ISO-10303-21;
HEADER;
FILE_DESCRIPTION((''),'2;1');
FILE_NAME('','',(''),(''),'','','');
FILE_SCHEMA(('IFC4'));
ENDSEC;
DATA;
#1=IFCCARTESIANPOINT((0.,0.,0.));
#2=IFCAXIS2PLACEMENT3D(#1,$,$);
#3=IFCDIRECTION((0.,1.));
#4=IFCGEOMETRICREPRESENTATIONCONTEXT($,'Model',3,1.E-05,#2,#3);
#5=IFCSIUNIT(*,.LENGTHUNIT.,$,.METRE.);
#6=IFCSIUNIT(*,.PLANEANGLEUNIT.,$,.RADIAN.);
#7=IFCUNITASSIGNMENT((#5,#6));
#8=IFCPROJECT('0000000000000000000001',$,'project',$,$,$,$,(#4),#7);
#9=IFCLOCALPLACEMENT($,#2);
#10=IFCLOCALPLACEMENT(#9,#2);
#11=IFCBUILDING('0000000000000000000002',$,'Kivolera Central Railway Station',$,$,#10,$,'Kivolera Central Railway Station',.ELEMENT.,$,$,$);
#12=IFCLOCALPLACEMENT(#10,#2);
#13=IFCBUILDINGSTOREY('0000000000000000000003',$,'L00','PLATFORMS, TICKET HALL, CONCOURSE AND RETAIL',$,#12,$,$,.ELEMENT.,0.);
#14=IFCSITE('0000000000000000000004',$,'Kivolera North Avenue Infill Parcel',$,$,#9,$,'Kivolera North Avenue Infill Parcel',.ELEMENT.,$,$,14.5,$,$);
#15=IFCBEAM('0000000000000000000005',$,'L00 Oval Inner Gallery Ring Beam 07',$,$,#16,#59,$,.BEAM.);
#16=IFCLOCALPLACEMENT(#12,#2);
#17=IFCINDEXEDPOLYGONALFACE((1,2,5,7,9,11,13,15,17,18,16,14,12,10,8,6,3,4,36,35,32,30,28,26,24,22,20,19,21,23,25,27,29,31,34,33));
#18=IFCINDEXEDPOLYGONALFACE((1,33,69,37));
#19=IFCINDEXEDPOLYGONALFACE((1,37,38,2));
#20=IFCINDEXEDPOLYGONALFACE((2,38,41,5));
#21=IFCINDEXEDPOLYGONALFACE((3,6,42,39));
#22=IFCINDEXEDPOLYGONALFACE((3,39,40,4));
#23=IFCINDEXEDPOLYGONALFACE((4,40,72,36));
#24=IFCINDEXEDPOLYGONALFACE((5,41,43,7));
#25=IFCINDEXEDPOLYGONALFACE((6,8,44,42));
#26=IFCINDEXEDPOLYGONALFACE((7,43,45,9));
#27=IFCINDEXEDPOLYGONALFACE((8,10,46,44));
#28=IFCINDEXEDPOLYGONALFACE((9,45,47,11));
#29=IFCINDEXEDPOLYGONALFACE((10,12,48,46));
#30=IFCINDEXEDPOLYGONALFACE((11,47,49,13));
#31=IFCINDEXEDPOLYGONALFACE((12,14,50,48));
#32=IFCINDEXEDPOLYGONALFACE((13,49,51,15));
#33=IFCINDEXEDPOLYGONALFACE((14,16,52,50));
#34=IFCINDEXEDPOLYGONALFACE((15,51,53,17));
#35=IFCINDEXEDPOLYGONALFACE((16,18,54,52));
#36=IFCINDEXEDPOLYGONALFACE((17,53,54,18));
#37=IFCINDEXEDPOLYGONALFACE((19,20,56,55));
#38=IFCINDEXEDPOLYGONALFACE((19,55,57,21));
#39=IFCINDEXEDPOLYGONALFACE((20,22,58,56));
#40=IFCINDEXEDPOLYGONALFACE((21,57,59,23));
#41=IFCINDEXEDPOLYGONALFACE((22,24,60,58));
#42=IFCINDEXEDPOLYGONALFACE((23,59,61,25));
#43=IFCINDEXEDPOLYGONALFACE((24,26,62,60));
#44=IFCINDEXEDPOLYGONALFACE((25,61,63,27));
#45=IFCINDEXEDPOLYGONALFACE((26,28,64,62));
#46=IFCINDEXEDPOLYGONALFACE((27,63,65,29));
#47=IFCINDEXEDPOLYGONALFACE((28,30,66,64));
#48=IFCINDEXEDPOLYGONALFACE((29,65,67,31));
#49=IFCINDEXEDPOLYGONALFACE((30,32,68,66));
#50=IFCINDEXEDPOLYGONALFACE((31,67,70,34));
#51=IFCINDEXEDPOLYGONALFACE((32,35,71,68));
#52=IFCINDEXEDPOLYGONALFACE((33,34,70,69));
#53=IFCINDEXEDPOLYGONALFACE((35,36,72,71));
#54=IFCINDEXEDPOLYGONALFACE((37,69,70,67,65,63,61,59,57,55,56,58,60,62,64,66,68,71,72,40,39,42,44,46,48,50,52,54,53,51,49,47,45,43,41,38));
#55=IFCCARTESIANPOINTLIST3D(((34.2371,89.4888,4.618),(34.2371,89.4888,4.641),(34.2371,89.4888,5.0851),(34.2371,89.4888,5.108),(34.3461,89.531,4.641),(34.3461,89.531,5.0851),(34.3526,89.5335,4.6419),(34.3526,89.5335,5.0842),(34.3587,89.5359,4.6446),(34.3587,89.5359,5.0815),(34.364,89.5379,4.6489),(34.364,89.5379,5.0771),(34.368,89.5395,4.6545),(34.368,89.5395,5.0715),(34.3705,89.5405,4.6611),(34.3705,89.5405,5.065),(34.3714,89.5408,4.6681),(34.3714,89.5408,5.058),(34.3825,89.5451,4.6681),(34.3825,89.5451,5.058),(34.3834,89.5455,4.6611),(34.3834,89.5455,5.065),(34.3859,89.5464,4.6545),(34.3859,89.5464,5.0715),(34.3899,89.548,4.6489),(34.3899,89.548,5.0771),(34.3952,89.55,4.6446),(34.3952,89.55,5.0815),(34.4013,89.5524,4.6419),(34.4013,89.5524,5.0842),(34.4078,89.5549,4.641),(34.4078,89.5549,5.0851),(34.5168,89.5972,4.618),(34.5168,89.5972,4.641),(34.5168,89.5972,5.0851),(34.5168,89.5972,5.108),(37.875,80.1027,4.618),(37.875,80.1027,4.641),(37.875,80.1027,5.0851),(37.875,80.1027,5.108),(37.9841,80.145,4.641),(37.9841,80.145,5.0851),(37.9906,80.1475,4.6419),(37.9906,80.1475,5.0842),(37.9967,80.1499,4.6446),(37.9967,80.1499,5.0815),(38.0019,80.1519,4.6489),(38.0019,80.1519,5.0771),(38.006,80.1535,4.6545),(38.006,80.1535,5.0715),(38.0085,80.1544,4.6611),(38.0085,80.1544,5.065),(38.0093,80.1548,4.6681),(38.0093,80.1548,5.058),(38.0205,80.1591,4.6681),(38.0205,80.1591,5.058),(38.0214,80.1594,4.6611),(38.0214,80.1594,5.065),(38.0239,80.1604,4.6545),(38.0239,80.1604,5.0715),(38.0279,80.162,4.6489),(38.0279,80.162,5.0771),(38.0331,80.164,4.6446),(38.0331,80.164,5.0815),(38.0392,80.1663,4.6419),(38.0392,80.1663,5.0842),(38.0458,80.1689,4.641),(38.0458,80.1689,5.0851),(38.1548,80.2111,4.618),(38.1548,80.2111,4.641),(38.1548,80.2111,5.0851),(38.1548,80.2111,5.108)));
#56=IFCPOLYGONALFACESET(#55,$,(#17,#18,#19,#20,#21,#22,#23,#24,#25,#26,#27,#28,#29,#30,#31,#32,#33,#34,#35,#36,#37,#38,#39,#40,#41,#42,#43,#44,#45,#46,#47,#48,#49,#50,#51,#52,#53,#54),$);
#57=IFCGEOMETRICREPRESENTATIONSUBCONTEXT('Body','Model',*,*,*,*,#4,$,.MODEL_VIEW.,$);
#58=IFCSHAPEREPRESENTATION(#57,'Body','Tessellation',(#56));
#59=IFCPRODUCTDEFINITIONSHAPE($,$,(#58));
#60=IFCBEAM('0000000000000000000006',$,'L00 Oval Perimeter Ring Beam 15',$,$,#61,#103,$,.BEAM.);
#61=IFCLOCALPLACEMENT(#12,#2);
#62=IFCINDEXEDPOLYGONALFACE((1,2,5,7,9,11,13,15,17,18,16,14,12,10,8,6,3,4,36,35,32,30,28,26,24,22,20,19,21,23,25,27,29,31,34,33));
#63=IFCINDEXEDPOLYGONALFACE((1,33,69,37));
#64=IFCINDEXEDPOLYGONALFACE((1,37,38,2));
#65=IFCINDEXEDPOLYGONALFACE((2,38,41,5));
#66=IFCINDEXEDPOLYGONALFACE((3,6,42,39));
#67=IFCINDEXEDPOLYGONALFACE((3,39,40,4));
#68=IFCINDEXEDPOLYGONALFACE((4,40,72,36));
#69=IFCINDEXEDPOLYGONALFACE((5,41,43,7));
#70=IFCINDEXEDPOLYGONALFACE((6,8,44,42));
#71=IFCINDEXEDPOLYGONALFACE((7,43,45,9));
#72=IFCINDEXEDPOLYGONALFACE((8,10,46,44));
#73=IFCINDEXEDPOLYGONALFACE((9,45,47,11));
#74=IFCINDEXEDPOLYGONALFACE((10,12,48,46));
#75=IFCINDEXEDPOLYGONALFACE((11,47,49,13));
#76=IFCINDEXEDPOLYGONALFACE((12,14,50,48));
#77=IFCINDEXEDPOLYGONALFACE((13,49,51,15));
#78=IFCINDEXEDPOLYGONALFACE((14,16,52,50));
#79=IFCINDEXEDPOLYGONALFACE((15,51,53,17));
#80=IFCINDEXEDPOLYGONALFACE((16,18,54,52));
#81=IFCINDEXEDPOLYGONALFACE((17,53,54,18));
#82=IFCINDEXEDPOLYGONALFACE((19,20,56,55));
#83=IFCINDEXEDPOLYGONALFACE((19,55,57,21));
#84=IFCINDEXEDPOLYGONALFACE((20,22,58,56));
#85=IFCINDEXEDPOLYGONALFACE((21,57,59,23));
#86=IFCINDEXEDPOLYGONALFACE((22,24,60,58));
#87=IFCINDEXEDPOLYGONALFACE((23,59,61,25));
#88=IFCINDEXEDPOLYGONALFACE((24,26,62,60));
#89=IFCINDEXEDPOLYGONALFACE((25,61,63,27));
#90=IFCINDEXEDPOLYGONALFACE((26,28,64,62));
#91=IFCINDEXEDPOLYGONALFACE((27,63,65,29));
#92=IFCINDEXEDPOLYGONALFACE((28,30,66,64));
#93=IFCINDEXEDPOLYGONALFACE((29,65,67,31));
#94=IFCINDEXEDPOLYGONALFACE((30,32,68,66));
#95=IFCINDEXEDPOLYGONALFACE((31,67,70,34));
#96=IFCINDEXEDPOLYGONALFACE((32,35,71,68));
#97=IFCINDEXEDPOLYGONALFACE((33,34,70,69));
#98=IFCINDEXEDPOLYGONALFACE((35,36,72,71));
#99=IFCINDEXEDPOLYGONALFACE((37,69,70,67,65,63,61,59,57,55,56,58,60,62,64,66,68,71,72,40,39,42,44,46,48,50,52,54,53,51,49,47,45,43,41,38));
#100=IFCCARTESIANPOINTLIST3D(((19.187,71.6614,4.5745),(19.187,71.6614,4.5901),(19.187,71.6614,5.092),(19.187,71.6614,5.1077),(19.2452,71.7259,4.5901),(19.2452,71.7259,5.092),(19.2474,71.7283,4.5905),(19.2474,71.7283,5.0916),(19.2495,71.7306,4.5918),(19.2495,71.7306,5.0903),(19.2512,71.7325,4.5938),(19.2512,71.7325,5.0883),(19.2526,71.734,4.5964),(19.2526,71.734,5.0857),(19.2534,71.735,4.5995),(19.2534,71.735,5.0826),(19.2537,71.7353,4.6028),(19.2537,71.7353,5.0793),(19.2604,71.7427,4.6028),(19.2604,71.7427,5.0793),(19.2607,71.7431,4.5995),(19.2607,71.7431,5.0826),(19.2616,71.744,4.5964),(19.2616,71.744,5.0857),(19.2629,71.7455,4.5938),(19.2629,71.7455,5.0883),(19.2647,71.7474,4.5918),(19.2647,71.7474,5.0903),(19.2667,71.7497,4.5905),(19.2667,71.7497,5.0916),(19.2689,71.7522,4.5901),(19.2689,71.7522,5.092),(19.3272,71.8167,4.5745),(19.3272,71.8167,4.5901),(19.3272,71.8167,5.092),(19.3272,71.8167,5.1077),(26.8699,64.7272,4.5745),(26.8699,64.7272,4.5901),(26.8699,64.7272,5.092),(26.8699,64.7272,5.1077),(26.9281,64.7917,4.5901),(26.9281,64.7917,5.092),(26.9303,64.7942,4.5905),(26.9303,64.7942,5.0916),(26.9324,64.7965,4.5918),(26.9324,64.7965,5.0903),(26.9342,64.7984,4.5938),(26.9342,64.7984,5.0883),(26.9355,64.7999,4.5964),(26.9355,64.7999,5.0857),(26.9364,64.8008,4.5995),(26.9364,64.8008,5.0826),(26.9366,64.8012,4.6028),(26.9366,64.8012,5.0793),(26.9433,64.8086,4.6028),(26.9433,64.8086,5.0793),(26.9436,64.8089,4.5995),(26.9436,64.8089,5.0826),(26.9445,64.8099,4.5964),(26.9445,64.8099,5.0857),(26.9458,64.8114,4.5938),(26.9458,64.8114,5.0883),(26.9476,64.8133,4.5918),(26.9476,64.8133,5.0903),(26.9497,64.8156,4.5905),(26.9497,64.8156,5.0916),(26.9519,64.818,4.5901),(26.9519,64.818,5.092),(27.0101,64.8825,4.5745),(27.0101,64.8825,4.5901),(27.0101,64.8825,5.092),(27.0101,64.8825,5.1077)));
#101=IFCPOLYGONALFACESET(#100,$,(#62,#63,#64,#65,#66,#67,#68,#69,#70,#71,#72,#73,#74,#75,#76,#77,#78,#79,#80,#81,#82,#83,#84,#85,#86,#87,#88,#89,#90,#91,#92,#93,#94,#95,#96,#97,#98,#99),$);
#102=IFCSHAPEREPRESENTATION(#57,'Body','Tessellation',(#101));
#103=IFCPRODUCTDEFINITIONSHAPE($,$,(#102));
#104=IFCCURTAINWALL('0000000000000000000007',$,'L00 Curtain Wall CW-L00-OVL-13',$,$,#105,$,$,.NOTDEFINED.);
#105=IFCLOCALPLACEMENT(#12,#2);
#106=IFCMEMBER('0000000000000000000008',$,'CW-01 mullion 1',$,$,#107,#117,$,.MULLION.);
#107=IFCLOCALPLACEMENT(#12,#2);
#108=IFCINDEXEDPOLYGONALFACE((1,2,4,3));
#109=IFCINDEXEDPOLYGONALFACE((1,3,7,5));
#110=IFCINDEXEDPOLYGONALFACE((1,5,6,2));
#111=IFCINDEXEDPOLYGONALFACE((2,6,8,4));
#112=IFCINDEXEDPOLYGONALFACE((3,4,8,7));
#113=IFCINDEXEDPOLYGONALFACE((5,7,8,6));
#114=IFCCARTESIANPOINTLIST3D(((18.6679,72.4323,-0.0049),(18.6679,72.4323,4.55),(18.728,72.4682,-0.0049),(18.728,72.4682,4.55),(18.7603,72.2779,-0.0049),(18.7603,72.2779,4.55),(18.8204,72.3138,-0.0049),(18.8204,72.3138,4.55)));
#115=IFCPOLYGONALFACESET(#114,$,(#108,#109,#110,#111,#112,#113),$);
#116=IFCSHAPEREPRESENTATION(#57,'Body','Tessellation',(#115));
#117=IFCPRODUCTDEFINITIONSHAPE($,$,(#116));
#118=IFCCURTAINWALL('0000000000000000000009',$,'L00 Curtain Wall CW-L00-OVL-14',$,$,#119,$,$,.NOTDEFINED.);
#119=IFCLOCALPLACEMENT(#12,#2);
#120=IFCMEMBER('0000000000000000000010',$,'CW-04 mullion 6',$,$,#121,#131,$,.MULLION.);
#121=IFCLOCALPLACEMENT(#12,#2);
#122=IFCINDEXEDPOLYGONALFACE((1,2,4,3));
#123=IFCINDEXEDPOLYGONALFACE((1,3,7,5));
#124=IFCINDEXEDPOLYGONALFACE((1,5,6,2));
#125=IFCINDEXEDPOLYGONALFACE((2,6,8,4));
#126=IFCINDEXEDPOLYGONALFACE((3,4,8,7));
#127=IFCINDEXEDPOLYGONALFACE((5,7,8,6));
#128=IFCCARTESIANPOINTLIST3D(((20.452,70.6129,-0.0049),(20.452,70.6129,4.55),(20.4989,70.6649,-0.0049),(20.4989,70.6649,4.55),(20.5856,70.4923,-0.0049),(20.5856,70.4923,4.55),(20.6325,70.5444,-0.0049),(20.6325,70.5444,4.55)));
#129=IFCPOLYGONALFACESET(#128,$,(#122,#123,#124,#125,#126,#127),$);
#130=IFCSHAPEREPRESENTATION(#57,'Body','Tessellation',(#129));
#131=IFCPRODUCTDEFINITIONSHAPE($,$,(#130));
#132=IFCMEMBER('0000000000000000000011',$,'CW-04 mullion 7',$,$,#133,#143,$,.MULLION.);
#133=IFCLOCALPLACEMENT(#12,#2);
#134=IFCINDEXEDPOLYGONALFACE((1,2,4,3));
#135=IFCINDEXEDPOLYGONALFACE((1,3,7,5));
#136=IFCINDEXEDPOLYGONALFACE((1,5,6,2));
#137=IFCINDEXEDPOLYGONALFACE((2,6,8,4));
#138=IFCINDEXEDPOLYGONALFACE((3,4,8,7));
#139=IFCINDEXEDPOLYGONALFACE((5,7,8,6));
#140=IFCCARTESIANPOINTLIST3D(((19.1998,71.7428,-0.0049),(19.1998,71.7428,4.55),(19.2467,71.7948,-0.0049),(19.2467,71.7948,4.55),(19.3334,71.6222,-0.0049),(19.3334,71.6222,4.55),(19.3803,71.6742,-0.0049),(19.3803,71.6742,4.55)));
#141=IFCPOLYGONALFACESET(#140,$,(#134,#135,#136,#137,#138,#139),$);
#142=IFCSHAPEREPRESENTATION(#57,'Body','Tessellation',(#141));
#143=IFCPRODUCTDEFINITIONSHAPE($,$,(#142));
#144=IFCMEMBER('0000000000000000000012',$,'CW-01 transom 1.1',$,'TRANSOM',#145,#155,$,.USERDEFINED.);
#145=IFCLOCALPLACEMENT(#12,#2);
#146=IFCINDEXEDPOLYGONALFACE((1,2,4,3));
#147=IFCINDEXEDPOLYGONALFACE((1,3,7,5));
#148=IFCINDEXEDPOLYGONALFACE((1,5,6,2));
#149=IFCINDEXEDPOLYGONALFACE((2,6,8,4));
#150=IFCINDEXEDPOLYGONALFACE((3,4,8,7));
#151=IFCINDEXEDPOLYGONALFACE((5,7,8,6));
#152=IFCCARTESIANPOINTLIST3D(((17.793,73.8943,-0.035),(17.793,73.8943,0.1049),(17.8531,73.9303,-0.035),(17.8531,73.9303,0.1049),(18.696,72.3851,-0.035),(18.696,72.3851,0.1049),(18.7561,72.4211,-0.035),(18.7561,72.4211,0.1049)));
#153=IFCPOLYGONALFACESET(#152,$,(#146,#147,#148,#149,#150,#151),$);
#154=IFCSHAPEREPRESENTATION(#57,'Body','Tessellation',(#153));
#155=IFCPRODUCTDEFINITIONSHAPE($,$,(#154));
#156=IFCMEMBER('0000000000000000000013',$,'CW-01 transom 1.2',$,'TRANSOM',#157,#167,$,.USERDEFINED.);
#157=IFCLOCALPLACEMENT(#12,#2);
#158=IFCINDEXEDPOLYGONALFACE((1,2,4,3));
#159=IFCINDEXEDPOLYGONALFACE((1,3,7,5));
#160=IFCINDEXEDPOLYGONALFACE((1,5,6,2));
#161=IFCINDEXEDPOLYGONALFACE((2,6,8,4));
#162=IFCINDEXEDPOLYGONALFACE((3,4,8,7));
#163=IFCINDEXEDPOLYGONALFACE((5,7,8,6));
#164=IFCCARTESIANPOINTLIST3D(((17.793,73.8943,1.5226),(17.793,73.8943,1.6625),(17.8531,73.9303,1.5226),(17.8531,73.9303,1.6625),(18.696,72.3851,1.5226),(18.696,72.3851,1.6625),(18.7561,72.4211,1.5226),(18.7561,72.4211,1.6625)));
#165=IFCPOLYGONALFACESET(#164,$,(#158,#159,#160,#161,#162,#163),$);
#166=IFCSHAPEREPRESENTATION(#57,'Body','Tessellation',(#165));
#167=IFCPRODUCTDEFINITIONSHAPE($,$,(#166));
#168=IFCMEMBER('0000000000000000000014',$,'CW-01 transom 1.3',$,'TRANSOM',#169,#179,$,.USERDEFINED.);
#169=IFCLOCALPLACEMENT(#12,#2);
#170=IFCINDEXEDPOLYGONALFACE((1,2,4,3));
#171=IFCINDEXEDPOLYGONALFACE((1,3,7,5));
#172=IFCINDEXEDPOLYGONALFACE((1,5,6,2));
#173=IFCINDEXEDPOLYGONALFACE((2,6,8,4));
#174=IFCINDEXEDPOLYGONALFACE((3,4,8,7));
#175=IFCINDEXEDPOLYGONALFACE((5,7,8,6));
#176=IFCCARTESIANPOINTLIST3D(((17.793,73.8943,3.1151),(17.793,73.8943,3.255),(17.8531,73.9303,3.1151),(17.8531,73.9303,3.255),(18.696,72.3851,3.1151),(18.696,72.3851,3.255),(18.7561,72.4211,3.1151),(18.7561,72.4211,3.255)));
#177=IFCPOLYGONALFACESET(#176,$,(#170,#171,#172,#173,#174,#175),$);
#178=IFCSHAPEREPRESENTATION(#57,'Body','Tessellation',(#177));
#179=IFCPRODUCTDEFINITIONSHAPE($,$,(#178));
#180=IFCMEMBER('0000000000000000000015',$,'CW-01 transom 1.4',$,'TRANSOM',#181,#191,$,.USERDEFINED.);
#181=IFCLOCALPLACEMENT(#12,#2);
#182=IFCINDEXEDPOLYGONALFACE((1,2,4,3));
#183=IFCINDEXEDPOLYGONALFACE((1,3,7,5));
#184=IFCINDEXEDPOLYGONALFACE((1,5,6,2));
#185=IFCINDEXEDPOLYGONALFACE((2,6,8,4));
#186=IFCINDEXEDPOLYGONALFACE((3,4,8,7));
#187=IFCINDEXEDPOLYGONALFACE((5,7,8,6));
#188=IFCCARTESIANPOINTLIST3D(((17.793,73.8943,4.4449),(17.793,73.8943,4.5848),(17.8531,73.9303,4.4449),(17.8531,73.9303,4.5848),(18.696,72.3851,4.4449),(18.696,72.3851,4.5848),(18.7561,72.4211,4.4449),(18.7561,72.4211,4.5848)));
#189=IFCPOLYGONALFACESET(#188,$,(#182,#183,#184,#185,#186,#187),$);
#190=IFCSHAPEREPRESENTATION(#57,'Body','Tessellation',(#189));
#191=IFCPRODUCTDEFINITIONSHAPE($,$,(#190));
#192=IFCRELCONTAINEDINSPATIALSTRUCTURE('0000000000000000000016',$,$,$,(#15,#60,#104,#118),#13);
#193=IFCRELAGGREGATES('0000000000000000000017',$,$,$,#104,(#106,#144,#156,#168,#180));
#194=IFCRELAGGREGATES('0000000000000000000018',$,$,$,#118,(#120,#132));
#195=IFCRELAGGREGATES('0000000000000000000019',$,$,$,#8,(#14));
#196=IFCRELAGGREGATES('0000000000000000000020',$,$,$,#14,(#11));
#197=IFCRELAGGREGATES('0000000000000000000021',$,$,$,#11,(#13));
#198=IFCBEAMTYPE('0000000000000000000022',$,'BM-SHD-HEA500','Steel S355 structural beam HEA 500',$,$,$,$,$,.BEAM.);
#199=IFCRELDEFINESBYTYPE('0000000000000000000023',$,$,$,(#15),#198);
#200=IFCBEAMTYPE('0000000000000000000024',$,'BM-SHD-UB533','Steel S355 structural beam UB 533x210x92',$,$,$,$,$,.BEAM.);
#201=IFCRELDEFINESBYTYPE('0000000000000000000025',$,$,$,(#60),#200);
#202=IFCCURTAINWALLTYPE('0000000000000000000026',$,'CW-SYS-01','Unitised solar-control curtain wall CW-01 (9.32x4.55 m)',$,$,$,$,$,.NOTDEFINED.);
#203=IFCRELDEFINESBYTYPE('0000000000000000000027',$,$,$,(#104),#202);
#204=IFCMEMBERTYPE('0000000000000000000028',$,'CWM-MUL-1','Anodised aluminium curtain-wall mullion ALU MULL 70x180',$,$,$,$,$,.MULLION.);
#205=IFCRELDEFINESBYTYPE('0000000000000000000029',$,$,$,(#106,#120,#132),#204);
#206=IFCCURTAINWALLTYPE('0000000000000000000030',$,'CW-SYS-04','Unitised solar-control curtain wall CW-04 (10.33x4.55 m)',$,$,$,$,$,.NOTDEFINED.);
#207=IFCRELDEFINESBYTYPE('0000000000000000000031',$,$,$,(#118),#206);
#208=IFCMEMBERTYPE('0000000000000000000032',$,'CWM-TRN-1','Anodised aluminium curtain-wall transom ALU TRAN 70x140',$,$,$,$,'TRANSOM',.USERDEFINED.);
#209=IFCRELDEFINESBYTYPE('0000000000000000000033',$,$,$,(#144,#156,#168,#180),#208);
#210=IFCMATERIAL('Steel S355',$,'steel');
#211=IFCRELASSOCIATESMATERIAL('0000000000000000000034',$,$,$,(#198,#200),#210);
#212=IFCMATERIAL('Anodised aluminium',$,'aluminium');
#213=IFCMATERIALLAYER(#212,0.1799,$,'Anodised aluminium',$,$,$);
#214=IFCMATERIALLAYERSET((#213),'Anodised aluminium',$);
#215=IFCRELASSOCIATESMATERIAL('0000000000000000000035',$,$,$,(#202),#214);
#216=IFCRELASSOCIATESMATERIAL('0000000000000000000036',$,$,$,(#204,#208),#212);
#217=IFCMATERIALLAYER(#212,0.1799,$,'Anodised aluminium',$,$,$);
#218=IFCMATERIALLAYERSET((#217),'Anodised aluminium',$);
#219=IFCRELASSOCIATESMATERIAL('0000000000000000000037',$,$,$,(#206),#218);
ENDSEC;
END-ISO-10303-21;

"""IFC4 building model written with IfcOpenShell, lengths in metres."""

from ifc_helpers import new_model, si_unit, direction, frame, origin, origin_2d, place, context, subcontext, project, spatial, rectangle, i_section, extrude, material, layer, layer_set, material_profile, profile_set, type_object, element, aggregate, save


model = new_model("IFC4")

# Units and contexts
model_context = context("Model", 3, precision=1e-05, world=origin(), true_north=direction((0.0, 1.0)))
body_context = subcontext(model_context, "Body", "Model", "MODEL_VIEW")
ifc_project = project(units=[si_unit("LENGTHUNIT", "METRE"), si_unit("PLANEANGLEUNIT", "RADIAN")], contexts=[model_context])

# Site, building, storey
site_placement = place(None, origin())
site = spatial("IfcSite", under=ifc_project, at=site_placement, Name="Kivolera North Avenue Infill Parcel", LongName="Kivolera North Avenue Infill Parcel", CompositionType="ELEMENT", RefElevation=14.5)
building_placement = place(site_placement, origin())
building = spatial("IfcBuilding", under=site, at=building_placement, Name="Kivolera Central Railway Station", LongName="Kivolera Central Railway Station", CompositionType="ELEMENT")
storey_placement = place(building_placement, origin())
storey = spatial("IfcBuildingStorey", under=building, at=storey_placement, Name="L00", Description="PLATFORMS, TICKET HALL, CONCOURSE AND RETAIL", CompositionType="ELEMENT", Elevation=0.0)

# Beams
ifc_material_1 = material(Name="Steel S355", Category="steel")
ifc_material_profile_1 = material_profile(ifc_material_1, i_section(OverallWidth=0.3, OverallDepth=0.49, WebThickness=0.012, FlangeThickness=0.0229, FilletRadius=0.0271, at=origin_2d()), Name="HEA 500")
ifc_profile_set_1 = profile_set([ifc_material_profile_1], Name="Steel S355")
beam_type_1 = type_object("IfcBeamType", Name="BM-SHD-HEA500", Description="Steel S355 structural beam HEA 500", PredefinedType="BEAM", material=ifc_profile_set_1)
beam_1_placement = place(storey_placement, frame((34.377, 89.543, 4.863), z_axis=(0.361396, -0.932412, 0.0), x_axis=(0.932412, 0.361396, 0.0)))
element("IfcBeam", 1, at=beam_1_placement, inside=storey, type_object=beam_type_1, Name="L00 Oval Inner Gallery Ring Beam 07", PredefinedType="BEAM", context=body_context, shape_type="SweptSolid", body=[
    extrude(i_section(OverallWidth=0.3, OverallDepth=0.49, WebThickness=0.012, FlangeThickness=0.0229, FilletRadius=0.0271, at=origin_2d()), origin(), (0.0, 0.0, 1.0), 10.0664),
])
ifc_material_profile_2 = material_profile(ifc_material_1, i_section(OverallWidth=0.2092, OverallDepth=0.5332, WebThickness=0.01, FlangeThickness=0.0156, FilletRadius=0.0127, at=origin_2d()), Name="UB 533x210x92")
ifc_profile_set_2 = profile_set([ifc_material_profile_2], Name="Steel S355")
beam_type_2 = type_object("IfcBeamType", Name="BM-SHD-UB533", Description="Steel S355 structural beam UB 533x210x92", PredefinedType="BEAM", material=ifc_profile_set_2)
beam_2_placement = place(storey_placement, frame((19.2571, 71.739, 4.8411), z_axis=(0.742356, -0.670005, 0.0), x_axis=(0.670005, 0.742356, 0.0)))
element("IfcBeam", 2, at=beam_2_placement, inside=storey, type_object=beam_type_2, Name="L00 Oval Perimeter Ring Beam 15", PredefinedType="BEAM", context=body_context, shape_type="SweptSolid", body=[
    extrude(i_section(OverallWidth=0.2092, OverallDepth=0.5332, WebThickness=0.01, FlangeThickness=0.0156, FilletRadius=0.0127, at=origin_2d()), origin(), (0.0, 0.0, 1.0), 10.3494),
])

# Curtain wall, member
ifc_material_2 = material(Name="Anodised aluminium", Category="aluminium")
ifc_layer_1 = layer(ifc_material_2, 0.1799, Name="Anodised aluminium")
ifc_layer_set_1 = layer_set([ifc_layer_1], Name="Anodised aluminium")
curtain_wall_type_1 = type_object("IfcCurtainWallType", Name="CW-SYS-01", Description="Unitised solar-control curtain wall CW-01 (9.32x4.55 m)", PredefinedType="NOTDEFINED", material=ifc_layer_set_1)
curtain_wall_1_placement = place(storey_placement, origin())
curtain_wall_1 = element("IfcCurtainWall", 3, at=curtain_wall_1_placement, inside=storey, type_object=curtain_wall_type_1, Name="L00 Curtain Wall CW-L00-OVL-13", PredefinedType="NOTDEFINED")
ifc_material_profile_3 = material_profile(ifc_material_2, rectangle(XDim=0.0701, YDim=0.1799, at=origin_2d()), Name="ALU MULL 70x180")
ifc_profile_set_3 = profile_set([ifc_material_profile_3], Name="Anodised aluminium")
member_type_1 = type_object("IfcMemberType", Name="CWM-MUL-1", Description="Anodised aluminium curtain-wall mullion ALU MULL 70x180", PredefinedType="MULLION", material=ifc_profile_set_3)
member_1_placement = place(storey_placement, frame((18.7441, 72.373, -0.0049), z_axis=(0.0, 0.0, 1.0), x_axis=(-0.858117, -0.513454, 0.0)))
member_1 = element("IfcMember", 4, at=member_1_placement, type_object=member_type_1, Name="CW-01 mullion 1", PredefinedType="MULLION", context=body_context, shape_type="SweptSolid", body=[
    extrude(rectangle(XDim=0.0701, YDim=0.1799, at=origin_2d()), origin(), (0.0, 0.0, 1.0), 4.5549),
])

# Curtain wall, members
ifc_layer_2 = layer(ifc_material_2, 0.1799, Name="Anodised aluminium")
ifc_layer_set_2 = layer_set([ifc_layer_2], Name="Anodised aluminium")
curtain_wall_type_2 = type_object("IfcCurtainWallType", Name="CW-SYS-04", Description="Unitised solar-control curtain wall CW-04 (10.33x4.55 m)", PredefinedType="NOTDEFINED", material=ifc_layer_set_2)
curtain_wall_2_placement = place(storey_placement, origin())
curtain_wall_2 = element("IfcCurtainWall", 5, at=curtain_wall_2_placement, inside=storey, type_object=curtain_wall_type_2, Name="L00 Curtain Wall CW-L00-OVL-14", PredefinedType="NOTDEFINED")
member_2_placement = place(storey_placement, frame((20.5422, 70.5786, -0.0049), z_axis=(0.0, 0.0, 1.0), x_axis=(-0.669922, -0.742432, 0.0)))
member_2 = element("IfcMember", 6, at=member_2_placement, type_object=member_type_1, Name="CW-04 mullion 6", PredefinedType="MULLION", context=body_context, shape_type="SweptSolid", body=[
    extrude(rectangle(XDim=0.0701, YDim=0.1799, at=origin_2d()), origin(), (0.0, 0.0, 1.0), 4.5549),
])
member_3_placement = place(storey_placement, frame((19.29, 71.7085, -0.0049), z_axis=(0.0, 0.0, 1.0), x_axis=(-0.669922, -0.742432, 0.0)))
member_3 = element("IfcMember", 7, at=member_3_placement, type_object=member_type_1, Name="CW-04 mullion 7", PredefinedType="MULLION", context=body_context, shape_type="SweptSolid", body=[
    extrude(rectangle(XDim=0.0701, YDim=0.1799, at=origin_2d()), origin(), (0.0, 0.0, 1.0), 4.5549),
])

# Members
ifc_material_profile_4 = material_profile(ifc_material_2, rectangle(XDim=0.0701, YDim=0.1399, at=origin_2d()), Name="ALU TRAN 70x140")
ifc_profile_set_4 = profile_set([ifc_material_profile_4], Name="Anodised aluminium")
member_type_2 = type_object("IfcMemberType", Name="CWM-TRN-1", Description="Anodised aluminium curtain-wall transom ALU TRAN 70x140", ElementType="TRANSOM", PredefinedType="USERDEFINED", material=ifc_profile_set_4)
member_4_placement = place(storey_placement, frame((18.7261, 72.4031, 0.0349), z_axis=(-0.513454, 0.858117, 0.0), x_axis=(-0.858117, -0.513454, 0.0)))
member_4 = element("IfcMember", 8, at=member_4_placement, type_object=member_type_2, Name="CW-01 transom 1.1", ObjectType="TRANSOM", PredefinedType="USERDEFINED", context=body_context, shape_type="SweptSolid", body=[
    extrude(rectangle(XDim=0.0701, YDim=0.1399, at=origin_2d()), origin(), (0.0, 0.0, 1.0), 1.7588),
])
member_5_placement = place(storey_placement, frame((18.7261, 72.4031, 1.5925), z_axis=(-0.513454, 0.858117, 0.0), x_axis=(-0.858117, -0.513454, 0.0)))
member_5 = element("IfcMember", 9, at=member_5_placement, type_object=member_type_2, Name="CW-01 transom 1.2", ObjectType="TRANSOM", PredefinedType="USERDEFINED", context=body_context, shape_type="SweptSolid", body=[
    extrude(rectangle(XDim=0.0701, YDim=0.1399, at=origin_2d()), origin(), (0.0, 0.0, 1.0), 1.7588),
])
member_6_placement = place(storey_placement, frame((18.7261, 72.4031, 3.1851), z_axis=(-0.513454, 0.858117, 0.0), x_axis=(-0.858117, -0.513454, 0.0)))
member_6 = element("IfcMember", 10, at=member_6_placement, type_object=member_type_2, Name="CW-01 transom 1.3", ObjectType="TRANSOM", PredefinedType="USERDEFINED", context=body_context, shape_type="SweptSolid", body=[
    extrude(rectangle(XDim=0.0701, YDim=0.1399, at=origin_2d()), origin(), (0.0, 0.0, 1.0), 1.7588),
])
member_7_placement = place(storey_placement, frame((18.7261, 72.4031, 4.5149), z_axis=(-0.513454, 0.858117, 0.0), x_axis=(-0.858117, -0.513454, 0.0)))
member_7 = element("IfcMember", 11, at=member_7_placement, type_object=member_type_2, Name="CW-01 transom 1.4", ObjectType="TRANSOM", PredefinedType="USERDEFINED", context=body_context, shape_type="SweptSolid", body=[
    extrude(rectangle(XDim=0.0701, YDim=0.1399, at=origin_2d()), origin(), (0.0, 0.0, 1.0), 1.7588),
])
aggregate(curtain_wall_1, [member_1, member_4, member_5, member_6, member_7])

aggregate(curtain_wall_2, [member_2, member_3])

save(model, "model.ifc")
